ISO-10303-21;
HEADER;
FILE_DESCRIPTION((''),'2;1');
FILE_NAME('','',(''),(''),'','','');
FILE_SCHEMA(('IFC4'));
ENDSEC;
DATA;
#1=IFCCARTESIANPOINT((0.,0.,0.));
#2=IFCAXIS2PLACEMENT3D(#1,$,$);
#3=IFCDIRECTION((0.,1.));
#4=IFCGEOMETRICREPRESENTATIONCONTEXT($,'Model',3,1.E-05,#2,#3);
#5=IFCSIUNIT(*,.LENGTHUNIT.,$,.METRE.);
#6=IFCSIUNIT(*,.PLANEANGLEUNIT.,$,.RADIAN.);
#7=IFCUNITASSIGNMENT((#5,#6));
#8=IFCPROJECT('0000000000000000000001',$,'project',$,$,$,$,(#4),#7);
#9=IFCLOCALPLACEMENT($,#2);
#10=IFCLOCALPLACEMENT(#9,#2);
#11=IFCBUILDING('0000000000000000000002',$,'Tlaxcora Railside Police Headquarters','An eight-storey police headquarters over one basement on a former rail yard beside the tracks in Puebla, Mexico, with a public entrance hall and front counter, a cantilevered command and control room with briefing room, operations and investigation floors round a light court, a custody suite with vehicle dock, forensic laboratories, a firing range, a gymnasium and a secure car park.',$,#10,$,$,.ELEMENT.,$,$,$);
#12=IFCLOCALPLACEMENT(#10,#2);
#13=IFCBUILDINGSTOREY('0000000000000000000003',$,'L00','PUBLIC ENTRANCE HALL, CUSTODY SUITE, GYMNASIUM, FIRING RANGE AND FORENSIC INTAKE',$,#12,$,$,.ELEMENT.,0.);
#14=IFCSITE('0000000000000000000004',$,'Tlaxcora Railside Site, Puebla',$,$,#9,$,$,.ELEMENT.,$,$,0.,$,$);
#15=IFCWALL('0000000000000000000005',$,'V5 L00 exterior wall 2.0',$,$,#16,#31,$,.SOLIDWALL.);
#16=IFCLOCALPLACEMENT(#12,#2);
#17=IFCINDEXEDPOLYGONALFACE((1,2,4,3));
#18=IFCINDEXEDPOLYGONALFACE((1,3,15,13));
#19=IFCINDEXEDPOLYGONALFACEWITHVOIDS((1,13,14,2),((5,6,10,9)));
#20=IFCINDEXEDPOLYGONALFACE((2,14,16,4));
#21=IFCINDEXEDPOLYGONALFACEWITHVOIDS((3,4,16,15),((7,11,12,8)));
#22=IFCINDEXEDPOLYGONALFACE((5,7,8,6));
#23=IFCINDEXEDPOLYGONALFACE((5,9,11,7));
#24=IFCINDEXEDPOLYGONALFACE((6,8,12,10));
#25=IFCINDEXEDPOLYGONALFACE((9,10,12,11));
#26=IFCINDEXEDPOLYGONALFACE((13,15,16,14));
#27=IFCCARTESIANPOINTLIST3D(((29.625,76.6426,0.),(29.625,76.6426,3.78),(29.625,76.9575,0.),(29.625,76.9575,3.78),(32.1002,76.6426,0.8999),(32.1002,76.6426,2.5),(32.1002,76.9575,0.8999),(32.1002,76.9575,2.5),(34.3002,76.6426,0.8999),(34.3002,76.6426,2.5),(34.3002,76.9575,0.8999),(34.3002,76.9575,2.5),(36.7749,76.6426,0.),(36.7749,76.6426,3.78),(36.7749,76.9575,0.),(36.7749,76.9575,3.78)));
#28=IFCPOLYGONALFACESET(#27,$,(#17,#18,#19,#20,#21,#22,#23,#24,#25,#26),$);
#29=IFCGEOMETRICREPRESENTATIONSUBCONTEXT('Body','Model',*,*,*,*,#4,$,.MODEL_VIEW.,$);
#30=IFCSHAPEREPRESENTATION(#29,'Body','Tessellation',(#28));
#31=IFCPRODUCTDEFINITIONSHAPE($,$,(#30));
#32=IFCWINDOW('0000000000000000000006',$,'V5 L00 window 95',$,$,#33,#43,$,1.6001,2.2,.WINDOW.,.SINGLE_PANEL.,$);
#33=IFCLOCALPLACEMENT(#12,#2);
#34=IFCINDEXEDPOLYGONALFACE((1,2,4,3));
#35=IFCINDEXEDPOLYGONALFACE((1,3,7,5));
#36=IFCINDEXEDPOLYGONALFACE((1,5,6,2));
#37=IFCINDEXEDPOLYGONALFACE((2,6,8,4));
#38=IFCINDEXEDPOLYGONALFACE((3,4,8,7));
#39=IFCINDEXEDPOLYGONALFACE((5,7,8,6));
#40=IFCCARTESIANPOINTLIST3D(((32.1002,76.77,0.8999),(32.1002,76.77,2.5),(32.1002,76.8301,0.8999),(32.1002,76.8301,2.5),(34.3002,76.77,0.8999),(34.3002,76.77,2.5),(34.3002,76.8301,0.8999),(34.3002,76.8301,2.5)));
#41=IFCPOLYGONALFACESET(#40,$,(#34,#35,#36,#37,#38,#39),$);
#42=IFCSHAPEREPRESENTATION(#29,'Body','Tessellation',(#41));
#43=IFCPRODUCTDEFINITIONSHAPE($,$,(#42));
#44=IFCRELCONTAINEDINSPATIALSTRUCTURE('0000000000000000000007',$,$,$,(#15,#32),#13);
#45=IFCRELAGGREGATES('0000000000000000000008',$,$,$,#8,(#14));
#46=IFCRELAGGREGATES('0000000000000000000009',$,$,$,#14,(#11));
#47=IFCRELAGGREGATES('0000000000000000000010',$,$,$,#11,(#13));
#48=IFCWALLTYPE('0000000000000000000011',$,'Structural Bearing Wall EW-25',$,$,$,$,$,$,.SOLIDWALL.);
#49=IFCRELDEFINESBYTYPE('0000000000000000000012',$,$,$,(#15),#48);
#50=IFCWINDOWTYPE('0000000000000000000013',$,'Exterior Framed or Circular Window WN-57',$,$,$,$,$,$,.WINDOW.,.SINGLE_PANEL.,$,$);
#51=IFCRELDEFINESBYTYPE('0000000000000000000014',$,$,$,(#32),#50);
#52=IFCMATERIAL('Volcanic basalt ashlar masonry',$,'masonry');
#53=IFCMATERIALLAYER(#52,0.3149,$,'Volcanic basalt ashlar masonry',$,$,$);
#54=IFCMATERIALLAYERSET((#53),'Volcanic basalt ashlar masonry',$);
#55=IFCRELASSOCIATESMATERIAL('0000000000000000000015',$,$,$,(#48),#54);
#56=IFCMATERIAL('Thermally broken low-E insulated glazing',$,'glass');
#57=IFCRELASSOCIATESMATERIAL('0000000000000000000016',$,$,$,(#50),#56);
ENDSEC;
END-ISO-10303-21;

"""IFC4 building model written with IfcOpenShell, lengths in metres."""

from ifc_helpers import new_model, si_unit, direction, frame, frame_2d, origin, place, context, subcontext, project, spatial, rectangle, extrude, material, layer, layer_set, type_object, element, fill, save


model = new_model("IFC4")

# Units and contexts
model_context = context("Model", 3, precision=1e-05, world=origin(), true_north=direction((0.0, 1.0)))
body_context = subcontext(model_context, "Body", "Model", "MODEL_VIEW")
ifc_project = project(units=[si_unit("LENGTHUNIT", "METRE"), si_unit("PLANEANGLEUNIT", "RADIAN")], contexts=[model_context])

# Site, building, storey
site_placement = place(None, origin())
site = spatial("IfcSite", under=ifc_project, at=site_placement, Name="Tlaxcora Railside Site, Puebla", CompositionType="ELEMENT", RefElevation=0.0)
building_placement = place(site_placement, origin())
building = spatial("IfcBuilding", under=site, at=building_placement, Name="Tlaxcora Railside Police Headquarters", Description="An eight-storey police headquarters over one basement on a former rail yard beside the tracks in Puebla, Mexico, with a public entrance hall and front counter, a cantilevered command and control room with briefing room, operations and investigation floors round a light court, a custody suite with vehicle dock, forensic laboratories, a firing range, a gymnasium and a secure car park.", CompositionType="ELEMENT")
storey_placement = place(building_placement, origin())
storey = spatial("IfcBuildingStorey", under=building, at=storey_placement, Name="L00", Description="PUBLIC ENTRANCE HALL, CUSTODY SUITE, GYMNASIUM, FIRING RANGE AND FORENSIC INTAKE", CompositionType="ELEMENT", Elevation=0.0)

# Wall, opening, window
ifc_material_1 = material(Name="Volcanic basalt ashlar masonry", Category="masonry")
ifc_layer_1 = layer(ifc_material_1, 0.3149, Name="Volcanic basalt ashlar masonry")
ifc_layer_set_1 = layer_set([ifc_layer_1], Name="Volcanic basalt ashlar masonry")
wall_type_1 = type_object("IfcWallType", Name="Structural Bearing Wall EW-25", PredefinedType="SOLIDWALL", material=ifc_layer_set_1)
ifc_material_2 = material(Name="Thermally broken low-E insulated glazing", Category="glass")
window_type = type_object("IfcWindowType", Name="Exterior Framed or Circular Window WN-57", PartitioningType="SINGLE_PANEL", PredefinedType="WINDOW", material=ifc_material_2)
wall_1_placement = place(storey_placement, frame((29.625, 76.8, 0.0), z_axis=(0.0, 0.0, 1.0), x_axis=(1.0, 0.0, 0.0)))
wall_1 = element("IfcWall", 1, at=wall_1_placement, inside=storey, type_object=wall_type_1, Name="V5 L00 exterior wall 2.0", PredefinedType="SOLIDWALL", context=body_context, shape_type="SweptSolid", body=[
    extrude(rectangle(XDim=7.1499, YDim=0.3149, at=frame_2d((3.575, 0.0))), origin(), (0.0, 0.0, 1.0), 3.78),
])
opening_1_placement = place(wall_1_placement, frame((2.4751, 0.0, 0.8999)))
opening_1 = element("IfcOpeningElement", 2, at=opening_1_placement, cuts=wall_1, PredefinedType="OPENING", context=body_context, shape_type="SweptSolid", body=[
    extrude(rectangle(XDim=2.2, YDim=1.6001, at=frame_2d((1.1001, 0.8))), frame((0.0, 0.1675, 0.0), z_axis=(0.0, -1.0, 0.0), x_axis=(1.0, 0.0, 0.0)), (0.0, 0.0, 1.0), 0.335),
])
window_1_placement = place(opening_1_placement, origin())
window_1 = element("IfcWindow", 3, at=window_1_placement, inside=storey, type_object=window_type, Name="V5 L00 window 95", OverallHeight=1.6001, OverallWidth=2.2, PartitioningType="SINGLE_PANEL", PredefinedType="WINDOW", context=body_context, shape_type="SweptSolid", body=[
    extrude(rectangle(XDim=2.2, YDim=1.6001, at=frame_2d((1.1001, 0.8))), frame((0.0, 0.03, 0.0), z_axis=(0.0, -1.0, 0.0), x_axis=(1.0, 0.0, 0.0)), (0.0, 0.0, 1.0), 0.0601),
])
fill(opening_1, window_1)

save(model, "model.ifc")
